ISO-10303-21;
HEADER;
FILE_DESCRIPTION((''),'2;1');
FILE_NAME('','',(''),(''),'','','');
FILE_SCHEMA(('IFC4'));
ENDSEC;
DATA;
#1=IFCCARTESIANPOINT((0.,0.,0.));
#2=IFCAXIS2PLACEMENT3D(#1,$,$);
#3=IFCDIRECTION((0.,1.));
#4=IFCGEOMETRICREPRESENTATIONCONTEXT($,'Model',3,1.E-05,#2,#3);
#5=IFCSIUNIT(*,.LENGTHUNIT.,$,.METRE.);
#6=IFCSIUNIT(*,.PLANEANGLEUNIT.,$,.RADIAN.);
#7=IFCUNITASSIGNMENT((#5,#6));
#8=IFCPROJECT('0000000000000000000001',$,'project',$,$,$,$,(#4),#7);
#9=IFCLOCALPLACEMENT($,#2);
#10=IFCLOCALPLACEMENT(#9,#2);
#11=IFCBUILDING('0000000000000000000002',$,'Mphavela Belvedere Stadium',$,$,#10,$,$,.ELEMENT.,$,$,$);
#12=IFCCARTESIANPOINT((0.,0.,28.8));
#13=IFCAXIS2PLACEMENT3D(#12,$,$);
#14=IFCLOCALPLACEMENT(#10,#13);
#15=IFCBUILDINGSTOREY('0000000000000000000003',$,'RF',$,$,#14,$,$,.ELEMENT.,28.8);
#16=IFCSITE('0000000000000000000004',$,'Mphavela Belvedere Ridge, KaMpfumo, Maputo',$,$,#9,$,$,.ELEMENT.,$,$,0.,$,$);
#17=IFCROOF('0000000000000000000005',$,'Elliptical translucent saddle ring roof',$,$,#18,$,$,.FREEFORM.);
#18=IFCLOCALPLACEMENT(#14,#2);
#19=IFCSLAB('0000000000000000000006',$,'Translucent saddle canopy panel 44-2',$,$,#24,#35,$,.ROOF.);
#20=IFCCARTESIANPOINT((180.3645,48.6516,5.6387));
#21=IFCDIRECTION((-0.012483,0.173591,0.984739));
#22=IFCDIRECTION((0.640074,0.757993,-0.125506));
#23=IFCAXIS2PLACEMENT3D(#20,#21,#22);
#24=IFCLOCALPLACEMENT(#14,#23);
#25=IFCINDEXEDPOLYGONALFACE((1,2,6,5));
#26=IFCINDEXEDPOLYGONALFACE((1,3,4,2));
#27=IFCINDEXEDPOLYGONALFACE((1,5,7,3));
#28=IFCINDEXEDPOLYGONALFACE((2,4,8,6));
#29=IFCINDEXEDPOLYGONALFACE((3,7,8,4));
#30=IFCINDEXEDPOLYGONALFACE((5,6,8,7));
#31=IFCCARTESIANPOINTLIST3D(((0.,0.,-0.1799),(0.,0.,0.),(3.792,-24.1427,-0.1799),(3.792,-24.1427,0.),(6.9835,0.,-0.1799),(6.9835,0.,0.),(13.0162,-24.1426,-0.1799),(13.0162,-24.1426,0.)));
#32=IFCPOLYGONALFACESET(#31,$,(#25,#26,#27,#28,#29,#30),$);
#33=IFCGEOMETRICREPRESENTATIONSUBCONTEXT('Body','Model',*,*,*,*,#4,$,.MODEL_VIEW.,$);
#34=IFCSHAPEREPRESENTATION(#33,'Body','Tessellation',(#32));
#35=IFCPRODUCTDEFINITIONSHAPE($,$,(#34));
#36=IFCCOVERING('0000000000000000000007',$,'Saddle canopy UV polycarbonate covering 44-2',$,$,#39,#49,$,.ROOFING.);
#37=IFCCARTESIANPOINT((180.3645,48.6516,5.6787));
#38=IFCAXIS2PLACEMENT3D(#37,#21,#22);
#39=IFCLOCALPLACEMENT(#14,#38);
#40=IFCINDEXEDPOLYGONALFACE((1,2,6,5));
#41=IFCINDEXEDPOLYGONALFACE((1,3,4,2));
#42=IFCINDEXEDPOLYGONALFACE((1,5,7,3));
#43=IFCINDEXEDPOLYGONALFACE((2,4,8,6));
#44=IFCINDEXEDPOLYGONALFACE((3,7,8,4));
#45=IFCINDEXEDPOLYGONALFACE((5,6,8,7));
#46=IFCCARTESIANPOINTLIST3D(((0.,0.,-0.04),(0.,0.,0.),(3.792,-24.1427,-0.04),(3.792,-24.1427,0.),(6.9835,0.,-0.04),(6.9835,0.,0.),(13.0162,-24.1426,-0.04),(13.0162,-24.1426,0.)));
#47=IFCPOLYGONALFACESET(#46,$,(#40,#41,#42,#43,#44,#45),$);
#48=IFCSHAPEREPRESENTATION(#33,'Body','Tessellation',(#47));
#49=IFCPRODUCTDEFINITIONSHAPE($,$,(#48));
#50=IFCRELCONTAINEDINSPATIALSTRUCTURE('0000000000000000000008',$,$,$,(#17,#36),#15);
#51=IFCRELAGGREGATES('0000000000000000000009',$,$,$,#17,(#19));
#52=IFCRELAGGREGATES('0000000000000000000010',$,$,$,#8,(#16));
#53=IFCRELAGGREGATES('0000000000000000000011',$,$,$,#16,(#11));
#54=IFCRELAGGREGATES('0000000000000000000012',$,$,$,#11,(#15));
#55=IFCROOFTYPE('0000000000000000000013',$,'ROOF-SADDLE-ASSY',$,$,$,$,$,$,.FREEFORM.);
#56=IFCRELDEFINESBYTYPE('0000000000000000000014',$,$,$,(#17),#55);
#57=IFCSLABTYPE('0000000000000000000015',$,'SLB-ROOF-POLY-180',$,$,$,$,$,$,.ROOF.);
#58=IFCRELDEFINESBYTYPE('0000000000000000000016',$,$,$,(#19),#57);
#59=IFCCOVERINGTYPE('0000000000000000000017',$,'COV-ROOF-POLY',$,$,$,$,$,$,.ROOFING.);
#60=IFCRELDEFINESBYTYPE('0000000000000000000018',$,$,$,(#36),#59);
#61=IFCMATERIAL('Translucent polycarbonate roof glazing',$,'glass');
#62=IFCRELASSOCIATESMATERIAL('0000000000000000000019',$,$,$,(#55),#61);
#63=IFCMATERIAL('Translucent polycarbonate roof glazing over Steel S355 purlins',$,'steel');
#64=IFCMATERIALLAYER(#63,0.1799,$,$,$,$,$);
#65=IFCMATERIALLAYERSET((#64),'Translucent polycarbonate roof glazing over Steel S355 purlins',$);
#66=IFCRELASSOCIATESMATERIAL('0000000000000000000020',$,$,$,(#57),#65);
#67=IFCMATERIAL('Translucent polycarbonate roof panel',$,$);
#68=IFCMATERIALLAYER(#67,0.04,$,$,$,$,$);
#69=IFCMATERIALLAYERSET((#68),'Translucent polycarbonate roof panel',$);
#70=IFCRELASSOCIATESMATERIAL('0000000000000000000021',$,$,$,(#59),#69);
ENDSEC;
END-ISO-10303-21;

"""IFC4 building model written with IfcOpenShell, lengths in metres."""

from ifc_helpers import new_model, si_unit, direction, frame, origin, place, context, subcontext, project, spatial, polyline, outline, extrude, material, layer, layer_set, type_object, element, aggregate, save


model = new_model("IFC4")

# Units and contexts
model_context = context("Model", 3, precision=1e-05, world=origin(), true_north=direction((0.0, 1.0)))
body_context = subcontext(model_context, "Body", "Model", "MODEL_VIEW")
ifc_project = project(units=[si_unit("LENGTHUNIT", "METRE"), si_unit("PLANEANGLEUNIT", "RADIAN")], contexts=[model_context])

# Site, building, storey
site_placement = place(None, origin())
site = spatial("IfcSite", under=ifc_project, at=site_placement, Name="Mphavela Belvedere Ridge, KaMpfumo, Maputo", CompositionType="ELEMENT", RefElevation=0.0)
building_placement = place(site_placement, origin())
building = spatial("IfcBuilding", under=site, at=building_placement, Name="Mphavela Belvedere Stadium", CompositionType="ELEMENT")
storey_placement = place(building_placement, frame((0.0, 0.0, 28.8)))
storey = spatial("IfcBuildingStorey", under=building, at=storey_placement, Name="RF", CompositionType="ELEMENT", Elevation=28.8)

# Roof, slab
ifc_material_1 = material(Name="Translucent polycarbonate roof glazing", Category="glass")
roof_type = type_object("IfcRoofType", Name="ROOF-SADDLE-ASSY", PredefinedType="FREEFORM", material=ifc_material_1)
roof_placement = place(storey_placement, origin())
roof = element("IfcRoof", 1, at=roof_placement, inside=storey, type_object=roof_type, Name="Elliptical translucent saddle ring roof", PredefinedType="FREEFORM")
ifc_material_2 = material(Name="Translucent polycarbonate roof glazing over Steel S355 purlins", Category="steel")
ifc_layer_1 = layer(ifc_material_2, 0.1799)
ifc_layer_set_1 = layer_set([ifc_layer_1], Name="Translucent polycarbonate roof glazing over Steel S355 purlins")
slab_type = type_object("IfcSlabType", Name="SLB-ROOF-POLY-180", PredefinedType="ROOF", material=ifc_layer_set_1)
slab_placement = place(storey_placement, frame((180.3645, 48.6516, 5.6387), z_axis=(-0.012483, 0.173591, 0.984739), x_axis=(0.640074, 0.757993, -0.125506)))
slab = element("IfcSlab", 2, at=slab_placement, type_object=slab_type, Name="Translucent saddle canopy panel 44-2", PredefinedType="ROOF", context=body_context, shape_type="SweptSolid", body=[
    extrude(outline(polyline([(0.0, 0.0), (6.9835, 0.0), (13.0162, -24.1426), (3.792, -24.1427), (0.0, 0.0)])), origin(), (0.0, 0.0, -1.0), 0.1799),
])
aggregate(roof, [slab])

# Covering
ifc_material_3 = material(Name="Translucent polycarbonate roof panel")
ifc_layer_2 = layer(ifc_material_3, 0.04)
ifc_layer_set_2 = layer_set([ifc_layer_2], Name="Translucent polycarbonate roof panel")
covering_type = type_object("IfcCoveringType", Name="COV-ROOF-POLY", PredefinedType="ROOFING", material=ifc_layer_set_2)
covering_placement = place(storey_placement, frame((180.3645, 48.6516, 5.6787), z_axis=(-0.012483, 0.173591, 0.984739), x_axis=(0.640074, 0.757993, -0.125506)))
element("IfcCovering", 3, at=covering_placement, inside=storey, type_object=covering_type, Name="Saddle canopy UV polycarbonate covering 44-2", PredefinedType="ROOFING", context=body_context, shape_type="SweptSolid", body=[
    extrude(outline(polyline([(0.0, 0.0), (6.9835, 0.0), (13.0162, -24.1426), (3.792, -24.1427), (0.0, 0.0)])), origin(), (0.0, 0.0, -1.0), 0.04),
])

save(model, "model.ifc")
